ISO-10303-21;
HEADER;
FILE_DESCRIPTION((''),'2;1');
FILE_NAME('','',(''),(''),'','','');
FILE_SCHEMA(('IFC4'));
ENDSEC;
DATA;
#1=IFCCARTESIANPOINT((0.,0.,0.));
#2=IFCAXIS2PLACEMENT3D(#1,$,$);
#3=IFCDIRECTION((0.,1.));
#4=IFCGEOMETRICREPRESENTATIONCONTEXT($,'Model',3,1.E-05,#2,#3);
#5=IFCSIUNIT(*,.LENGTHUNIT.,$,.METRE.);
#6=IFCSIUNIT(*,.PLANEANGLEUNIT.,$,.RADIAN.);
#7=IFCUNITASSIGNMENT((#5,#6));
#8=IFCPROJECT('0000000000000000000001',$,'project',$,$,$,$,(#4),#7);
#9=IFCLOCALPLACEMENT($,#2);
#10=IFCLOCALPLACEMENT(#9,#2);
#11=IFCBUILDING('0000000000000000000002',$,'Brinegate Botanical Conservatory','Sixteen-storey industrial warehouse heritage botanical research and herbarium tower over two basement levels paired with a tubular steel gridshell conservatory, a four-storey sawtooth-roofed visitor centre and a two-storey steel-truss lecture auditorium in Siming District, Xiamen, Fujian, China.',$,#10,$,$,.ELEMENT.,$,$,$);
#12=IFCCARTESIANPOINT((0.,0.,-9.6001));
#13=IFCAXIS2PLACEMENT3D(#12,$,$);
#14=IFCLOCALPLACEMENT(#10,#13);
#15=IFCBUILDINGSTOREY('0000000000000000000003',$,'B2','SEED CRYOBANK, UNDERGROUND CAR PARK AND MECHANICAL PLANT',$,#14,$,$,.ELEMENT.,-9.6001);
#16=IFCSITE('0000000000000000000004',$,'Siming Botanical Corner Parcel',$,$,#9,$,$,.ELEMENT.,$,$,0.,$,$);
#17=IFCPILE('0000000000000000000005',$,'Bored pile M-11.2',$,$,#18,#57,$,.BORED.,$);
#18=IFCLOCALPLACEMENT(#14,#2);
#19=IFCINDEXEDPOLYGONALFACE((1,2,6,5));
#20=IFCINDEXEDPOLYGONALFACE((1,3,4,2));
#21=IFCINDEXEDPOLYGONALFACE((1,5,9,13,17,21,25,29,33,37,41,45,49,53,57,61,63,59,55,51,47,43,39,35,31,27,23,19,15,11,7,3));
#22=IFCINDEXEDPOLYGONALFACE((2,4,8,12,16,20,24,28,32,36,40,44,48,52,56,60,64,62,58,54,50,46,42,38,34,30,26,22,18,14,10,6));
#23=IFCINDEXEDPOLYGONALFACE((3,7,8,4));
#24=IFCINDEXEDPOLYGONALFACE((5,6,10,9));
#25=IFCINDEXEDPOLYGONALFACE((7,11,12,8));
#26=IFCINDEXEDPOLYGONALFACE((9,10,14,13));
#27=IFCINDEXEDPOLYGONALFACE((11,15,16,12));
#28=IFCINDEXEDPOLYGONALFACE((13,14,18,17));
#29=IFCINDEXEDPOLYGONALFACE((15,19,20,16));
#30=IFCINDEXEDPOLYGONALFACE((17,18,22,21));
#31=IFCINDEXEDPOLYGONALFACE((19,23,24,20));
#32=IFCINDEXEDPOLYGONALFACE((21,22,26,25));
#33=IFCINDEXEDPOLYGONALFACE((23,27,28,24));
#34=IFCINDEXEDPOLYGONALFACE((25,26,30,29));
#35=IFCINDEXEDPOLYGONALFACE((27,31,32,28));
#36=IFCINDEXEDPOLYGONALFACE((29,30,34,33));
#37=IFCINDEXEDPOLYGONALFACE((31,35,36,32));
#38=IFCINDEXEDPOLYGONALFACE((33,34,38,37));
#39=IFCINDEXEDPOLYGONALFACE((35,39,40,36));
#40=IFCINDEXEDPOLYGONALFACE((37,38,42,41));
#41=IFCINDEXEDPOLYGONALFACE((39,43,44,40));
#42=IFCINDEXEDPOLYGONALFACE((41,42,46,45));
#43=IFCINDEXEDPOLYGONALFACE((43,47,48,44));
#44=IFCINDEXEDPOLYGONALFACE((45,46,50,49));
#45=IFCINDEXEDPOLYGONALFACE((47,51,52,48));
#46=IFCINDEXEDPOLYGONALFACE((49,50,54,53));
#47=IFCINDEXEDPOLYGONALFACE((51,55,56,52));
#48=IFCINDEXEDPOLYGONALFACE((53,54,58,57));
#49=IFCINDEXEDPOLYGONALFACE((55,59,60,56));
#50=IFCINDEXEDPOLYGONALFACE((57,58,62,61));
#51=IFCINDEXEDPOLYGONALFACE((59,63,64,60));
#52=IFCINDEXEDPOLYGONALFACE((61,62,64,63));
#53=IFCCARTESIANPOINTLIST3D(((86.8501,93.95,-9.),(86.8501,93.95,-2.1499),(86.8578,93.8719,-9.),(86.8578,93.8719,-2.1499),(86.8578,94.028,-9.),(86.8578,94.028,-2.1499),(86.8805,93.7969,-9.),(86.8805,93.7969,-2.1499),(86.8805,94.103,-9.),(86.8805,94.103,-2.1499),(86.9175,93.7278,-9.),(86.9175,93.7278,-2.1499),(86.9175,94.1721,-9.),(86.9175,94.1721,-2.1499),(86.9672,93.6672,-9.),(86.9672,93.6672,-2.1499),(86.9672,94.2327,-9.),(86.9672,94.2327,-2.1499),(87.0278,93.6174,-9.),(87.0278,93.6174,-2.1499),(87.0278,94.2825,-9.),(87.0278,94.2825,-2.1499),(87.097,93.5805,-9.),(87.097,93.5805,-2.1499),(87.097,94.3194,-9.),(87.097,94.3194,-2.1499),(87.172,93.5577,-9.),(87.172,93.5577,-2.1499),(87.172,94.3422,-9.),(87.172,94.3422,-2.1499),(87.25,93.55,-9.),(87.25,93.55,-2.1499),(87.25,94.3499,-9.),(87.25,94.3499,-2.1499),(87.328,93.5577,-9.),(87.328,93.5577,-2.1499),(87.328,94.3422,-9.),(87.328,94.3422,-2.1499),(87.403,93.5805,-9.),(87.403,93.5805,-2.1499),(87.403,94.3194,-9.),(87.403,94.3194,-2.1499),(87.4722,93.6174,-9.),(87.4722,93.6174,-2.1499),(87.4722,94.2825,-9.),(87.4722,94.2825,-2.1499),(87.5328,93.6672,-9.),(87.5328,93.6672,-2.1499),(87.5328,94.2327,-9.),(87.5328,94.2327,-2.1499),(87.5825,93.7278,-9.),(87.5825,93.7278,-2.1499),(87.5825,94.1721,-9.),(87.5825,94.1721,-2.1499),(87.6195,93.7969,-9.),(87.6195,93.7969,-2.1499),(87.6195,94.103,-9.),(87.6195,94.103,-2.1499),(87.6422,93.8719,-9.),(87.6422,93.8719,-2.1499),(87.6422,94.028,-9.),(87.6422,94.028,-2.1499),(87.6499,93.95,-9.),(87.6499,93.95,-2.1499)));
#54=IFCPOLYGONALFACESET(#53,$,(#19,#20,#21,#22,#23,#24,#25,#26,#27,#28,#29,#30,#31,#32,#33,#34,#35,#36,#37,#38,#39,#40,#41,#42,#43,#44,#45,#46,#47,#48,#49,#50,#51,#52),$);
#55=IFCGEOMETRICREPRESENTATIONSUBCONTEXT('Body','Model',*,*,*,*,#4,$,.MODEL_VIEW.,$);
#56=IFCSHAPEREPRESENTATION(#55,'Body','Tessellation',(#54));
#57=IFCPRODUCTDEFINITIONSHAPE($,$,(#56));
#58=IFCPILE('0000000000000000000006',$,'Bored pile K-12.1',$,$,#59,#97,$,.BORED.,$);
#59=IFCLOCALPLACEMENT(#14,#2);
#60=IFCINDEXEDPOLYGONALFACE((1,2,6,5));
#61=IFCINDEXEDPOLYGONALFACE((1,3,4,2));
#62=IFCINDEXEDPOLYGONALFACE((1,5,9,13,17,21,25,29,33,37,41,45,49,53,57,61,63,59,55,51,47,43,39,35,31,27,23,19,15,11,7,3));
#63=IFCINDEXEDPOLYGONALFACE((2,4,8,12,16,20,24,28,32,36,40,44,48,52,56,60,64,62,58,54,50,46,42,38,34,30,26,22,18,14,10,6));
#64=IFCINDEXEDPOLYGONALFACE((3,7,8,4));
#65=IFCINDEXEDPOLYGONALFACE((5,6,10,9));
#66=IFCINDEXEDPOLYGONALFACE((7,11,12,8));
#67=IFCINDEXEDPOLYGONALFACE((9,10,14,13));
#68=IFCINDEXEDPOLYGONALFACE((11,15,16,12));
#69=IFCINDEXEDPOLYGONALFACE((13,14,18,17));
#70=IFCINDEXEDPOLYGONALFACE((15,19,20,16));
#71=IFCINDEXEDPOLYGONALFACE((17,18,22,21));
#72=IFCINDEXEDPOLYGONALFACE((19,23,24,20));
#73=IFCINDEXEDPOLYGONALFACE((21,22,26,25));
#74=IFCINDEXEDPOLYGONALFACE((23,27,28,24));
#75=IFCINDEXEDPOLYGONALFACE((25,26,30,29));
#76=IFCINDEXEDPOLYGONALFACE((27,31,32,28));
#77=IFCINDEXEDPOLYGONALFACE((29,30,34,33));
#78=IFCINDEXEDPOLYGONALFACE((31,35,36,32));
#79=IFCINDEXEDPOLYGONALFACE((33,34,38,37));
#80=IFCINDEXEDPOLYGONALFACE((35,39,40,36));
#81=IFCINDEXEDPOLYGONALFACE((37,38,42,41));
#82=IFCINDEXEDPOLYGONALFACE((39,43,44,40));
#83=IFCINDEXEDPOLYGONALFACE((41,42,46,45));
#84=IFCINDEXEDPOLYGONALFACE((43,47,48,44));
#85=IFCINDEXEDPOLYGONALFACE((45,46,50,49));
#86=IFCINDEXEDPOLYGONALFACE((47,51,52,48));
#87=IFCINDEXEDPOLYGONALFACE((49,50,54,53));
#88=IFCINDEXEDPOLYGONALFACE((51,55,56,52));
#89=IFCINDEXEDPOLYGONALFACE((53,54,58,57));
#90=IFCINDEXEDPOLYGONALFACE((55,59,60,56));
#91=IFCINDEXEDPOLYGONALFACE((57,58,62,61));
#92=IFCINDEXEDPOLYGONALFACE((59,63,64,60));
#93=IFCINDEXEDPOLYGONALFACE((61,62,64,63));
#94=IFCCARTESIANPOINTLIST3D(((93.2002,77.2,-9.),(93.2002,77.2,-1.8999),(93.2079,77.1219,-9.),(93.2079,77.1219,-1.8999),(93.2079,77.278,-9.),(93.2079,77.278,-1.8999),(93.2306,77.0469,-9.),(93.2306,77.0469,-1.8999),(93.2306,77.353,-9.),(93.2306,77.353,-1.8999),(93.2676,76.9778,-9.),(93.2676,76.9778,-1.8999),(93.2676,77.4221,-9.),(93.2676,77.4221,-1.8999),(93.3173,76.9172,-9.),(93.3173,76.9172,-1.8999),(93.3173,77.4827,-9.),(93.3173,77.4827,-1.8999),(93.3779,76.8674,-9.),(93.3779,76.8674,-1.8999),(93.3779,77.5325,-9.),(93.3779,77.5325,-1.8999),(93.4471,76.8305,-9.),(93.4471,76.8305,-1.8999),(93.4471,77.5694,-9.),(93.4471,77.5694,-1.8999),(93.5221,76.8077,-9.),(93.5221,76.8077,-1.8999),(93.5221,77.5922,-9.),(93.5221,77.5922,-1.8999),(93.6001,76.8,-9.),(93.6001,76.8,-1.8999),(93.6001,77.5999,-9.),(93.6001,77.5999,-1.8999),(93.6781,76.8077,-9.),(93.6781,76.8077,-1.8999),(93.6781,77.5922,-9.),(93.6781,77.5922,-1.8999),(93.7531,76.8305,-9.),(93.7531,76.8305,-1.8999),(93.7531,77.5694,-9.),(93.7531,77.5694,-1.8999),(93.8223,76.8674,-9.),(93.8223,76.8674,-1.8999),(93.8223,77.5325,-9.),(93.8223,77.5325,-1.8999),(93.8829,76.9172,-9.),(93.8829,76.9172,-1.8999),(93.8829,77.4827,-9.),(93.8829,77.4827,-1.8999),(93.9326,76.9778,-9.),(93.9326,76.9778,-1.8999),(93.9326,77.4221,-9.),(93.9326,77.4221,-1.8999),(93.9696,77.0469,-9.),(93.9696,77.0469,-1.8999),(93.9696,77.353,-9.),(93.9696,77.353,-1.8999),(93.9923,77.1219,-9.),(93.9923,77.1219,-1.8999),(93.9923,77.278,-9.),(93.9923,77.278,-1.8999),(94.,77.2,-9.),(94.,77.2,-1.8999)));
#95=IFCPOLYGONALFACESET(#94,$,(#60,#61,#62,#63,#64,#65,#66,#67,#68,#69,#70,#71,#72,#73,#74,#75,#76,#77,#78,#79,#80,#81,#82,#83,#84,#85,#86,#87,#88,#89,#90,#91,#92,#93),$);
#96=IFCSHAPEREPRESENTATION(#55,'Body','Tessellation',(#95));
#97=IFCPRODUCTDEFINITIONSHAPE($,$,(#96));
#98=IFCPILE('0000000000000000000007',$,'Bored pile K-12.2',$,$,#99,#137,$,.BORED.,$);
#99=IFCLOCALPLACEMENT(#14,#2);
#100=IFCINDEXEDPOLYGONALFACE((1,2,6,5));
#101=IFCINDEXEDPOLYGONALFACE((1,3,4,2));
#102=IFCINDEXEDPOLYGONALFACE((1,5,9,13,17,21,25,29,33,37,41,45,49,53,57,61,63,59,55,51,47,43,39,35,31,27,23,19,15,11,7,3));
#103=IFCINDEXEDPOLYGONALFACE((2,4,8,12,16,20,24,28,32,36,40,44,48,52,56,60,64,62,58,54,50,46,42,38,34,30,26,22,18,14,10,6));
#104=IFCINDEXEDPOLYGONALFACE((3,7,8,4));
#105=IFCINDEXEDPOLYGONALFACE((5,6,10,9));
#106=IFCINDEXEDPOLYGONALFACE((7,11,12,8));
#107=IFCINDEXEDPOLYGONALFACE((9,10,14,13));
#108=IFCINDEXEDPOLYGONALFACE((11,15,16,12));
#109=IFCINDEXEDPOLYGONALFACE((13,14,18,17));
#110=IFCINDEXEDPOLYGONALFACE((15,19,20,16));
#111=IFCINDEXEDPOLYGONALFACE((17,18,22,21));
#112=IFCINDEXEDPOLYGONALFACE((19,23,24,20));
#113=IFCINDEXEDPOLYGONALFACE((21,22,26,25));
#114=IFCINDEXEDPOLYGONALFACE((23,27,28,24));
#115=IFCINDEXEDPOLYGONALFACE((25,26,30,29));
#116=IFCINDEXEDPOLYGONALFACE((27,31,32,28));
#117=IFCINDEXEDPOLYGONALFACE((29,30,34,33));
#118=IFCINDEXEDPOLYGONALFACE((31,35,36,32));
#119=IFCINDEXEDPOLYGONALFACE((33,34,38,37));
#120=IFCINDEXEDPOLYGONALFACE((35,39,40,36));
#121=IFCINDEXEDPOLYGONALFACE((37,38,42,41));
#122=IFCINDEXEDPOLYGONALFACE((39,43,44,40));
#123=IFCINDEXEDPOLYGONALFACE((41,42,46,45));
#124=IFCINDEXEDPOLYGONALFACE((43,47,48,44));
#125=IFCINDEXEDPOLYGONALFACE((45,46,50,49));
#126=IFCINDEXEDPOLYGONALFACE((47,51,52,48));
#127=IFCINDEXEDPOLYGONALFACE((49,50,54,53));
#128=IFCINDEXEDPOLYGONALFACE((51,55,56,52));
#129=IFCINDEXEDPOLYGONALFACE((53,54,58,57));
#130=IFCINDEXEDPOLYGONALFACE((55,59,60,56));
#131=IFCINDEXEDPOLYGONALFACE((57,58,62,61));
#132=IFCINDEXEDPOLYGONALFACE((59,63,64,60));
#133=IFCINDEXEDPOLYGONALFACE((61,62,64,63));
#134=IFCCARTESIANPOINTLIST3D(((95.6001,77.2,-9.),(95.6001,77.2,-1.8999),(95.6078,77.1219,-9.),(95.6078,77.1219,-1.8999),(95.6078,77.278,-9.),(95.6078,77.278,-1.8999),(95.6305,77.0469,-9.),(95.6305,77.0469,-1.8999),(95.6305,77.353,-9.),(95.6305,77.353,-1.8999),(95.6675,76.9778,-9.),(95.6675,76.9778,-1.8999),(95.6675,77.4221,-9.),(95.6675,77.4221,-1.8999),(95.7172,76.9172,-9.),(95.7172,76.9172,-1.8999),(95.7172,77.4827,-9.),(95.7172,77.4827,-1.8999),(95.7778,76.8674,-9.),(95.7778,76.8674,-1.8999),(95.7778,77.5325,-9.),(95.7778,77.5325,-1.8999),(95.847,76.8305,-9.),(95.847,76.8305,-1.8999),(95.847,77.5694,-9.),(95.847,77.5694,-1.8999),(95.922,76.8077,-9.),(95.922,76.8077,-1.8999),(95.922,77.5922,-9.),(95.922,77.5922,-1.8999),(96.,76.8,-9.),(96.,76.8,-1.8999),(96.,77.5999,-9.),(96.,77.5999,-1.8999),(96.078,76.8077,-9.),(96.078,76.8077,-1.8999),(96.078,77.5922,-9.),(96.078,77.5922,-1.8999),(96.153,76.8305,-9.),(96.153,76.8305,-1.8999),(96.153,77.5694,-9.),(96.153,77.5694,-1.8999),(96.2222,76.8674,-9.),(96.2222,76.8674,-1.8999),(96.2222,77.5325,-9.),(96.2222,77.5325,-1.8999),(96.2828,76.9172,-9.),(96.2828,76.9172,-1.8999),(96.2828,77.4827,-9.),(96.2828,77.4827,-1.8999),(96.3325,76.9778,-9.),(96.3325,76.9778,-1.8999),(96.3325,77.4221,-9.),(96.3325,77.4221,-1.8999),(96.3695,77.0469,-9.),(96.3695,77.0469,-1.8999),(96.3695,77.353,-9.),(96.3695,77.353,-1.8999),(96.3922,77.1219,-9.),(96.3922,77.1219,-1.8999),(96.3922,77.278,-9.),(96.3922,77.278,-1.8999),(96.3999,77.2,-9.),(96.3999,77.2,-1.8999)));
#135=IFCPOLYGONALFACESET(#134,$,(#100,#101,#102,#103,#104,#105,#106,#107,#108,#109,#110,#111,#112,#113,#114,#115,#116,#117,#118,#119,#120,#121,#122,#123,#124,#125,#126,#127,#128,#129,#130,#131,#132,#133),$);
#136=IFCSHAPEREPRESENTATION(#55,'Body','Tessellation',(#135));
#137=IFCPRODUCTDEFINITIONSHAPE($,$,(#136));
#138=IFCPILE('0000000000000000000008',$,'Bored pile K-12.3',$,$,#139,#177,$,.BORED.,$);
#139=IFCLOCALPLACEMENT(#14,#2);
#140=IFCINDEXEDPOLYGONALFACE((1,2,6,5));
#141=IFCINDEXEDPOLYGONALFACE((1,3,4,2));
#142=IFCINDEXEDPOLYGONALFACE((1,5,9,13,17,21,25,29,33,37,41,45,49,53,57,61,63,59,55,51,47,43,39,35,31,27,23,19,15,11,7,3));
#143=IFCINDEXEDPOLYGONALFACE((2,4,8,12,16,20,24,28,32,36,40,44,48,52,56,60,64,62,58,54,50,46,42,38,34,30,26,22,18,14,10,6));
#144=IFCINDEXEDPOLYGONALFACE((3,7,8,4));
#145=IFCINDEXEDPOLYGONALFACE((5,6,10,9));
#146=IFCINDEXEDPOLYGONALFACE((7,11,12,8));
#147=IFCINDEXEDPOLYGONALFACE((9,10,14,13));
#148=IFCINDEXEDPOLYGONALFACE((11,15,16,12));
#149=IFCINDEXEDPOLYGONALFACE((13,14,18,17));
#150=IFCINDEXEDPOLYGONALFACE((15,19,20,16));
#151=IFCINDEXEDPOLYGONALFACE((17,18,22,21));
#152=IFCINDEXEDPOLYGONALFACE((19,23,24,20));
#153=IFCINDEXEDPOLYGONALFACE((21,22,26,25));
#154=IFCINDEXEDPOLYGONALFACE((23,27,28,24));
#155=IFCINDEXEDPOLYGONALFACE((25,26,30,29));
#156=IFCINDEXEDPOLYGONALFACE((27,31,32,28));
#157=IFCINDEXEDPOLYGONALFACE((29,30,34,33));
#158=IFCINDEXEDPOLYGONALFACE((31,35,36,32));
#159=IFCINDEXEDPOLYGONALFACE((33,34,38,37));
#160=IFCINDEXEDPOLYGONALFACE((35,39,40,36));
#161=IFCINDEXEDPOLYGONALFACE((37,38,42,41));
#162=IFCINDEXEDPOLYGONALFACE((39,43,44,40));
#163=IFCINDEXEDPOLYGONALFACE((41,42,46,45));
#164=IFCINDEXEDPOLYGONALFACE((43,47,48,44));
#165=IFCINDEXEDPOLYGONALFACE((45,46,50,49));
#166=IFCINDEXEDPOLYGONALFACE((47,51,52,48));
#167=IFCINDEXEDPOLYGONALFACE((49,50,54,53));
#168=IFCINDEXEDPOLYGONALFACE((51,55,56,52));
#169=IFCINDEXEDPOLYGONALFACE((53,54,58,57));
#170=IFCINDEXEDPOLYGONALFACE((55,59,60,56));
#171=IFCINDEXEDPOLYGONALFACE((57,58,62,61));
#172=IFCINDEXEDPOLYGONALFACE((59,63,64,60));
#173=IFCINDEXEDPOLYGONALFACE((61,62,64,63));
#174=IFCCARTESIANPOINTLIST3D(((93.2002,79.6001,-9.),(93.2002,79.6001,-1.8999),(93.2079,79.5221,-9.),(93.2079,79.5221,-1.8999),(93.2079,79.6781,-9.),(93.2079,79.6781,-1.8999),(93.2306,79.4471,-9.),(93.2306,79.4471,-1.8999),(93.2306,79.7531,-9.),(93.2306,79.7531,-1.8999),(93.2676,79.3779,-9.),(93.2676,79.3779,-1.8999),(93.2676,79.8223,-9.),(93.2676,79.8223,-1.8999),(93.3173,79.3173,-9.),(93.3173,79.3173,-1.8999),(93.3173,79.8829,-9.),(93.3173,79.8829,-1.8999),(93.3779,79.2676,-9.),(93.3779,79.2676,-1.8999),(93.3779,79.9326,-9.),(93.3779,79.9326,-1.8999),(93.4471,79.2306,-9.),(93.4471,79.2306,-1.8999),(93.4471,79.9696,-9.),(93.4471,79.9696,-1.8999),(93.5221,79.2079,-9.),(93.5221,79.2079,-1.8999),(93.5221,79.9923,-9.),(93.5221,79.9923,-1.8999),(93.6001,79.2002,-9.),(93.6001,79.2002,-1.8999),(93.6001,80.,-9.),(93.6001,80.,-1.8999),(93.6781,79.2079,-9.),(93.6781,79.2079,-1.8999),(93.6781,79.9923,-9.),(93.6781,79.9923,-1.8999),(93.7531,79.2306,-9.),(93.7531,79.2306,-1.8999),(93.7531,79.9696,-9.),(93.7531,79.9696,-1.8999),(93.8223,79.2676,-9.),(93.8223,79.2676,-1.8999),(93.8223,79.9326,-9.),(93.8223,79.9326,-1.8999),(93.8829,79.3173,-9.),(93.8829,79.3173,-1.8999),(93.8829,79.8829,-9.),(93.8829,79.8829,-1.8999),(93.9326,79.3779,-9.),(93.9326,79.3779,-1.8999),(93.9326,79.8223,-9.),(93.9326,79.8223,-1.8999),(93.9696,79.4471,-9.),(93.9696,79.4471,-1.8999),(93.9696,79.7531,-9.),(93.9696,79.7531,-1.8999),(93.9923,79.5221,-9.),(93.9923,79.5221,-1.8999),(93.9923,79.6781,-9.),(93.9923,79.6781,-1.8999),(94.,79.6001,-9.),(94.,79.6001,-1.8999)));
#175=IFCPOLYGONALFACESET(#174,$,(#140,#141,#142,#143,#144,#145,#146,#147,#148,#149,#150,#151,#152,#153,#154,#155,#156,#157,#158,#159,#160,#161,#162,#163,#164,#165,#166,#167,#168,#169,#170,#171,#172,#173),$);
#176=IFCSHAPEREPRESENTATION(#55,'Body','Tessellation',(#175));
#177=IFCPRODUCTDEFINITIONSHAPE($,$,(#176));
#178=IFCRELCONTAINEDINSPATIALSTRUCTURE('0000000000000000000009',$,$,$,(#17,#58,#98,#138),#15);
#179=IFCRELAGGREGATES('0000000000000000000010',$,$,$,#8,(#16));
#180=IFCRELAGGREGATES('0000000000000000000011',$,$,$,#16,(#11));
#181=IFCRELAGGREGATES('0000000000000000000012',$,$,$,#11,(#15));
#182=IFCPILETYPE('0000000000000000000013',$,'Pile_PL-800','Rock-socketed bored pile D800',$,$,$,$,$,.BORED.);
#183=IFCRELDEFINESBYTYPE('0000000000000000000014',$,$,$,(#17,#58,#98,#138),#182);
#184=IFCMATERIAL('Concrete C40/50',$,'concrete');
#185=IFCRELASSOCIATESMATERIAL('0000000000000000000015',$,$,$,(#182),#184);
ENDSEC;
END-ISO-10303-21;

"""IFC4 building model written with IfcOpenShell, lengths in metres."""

from ifc_helpers import new_model, si_unit, direction, frame, origin, origin_2d, place, context, subcontext, project, spatial, circle, extrude, material, material_profile, profile_set, type_object, element, save


model = new_model("IFC4")

# Units and contexts
model_context = context("Model", 3, precision=1e-05, world=origin(), true_north=direction((0.0, 1.0)))
body_context = subcontext(model_context, "Body", "Model", "MODEL_VIEW")
ifc_project = project(units=[si_unit("LENGTHUNIT", "METRE"), si_unit("PLANEANGLEUNIT", "RADIAN")], contexts=[model_context])

# Site, building, storey
site_placement = place(None, origin())
site = spatial("IfcSite", under=ifc_project, at=site_placement, Name="Siming Botanical Corner Parcel", CompositionType="ELEMENT", RefElevation=0.0)
building_placement = place(site_placement, origin())
building = spatial("IfcBuilding", under=site, at=building_placement, Name="Brinegate Botanical Conservatory", Description="Sixteen-storey industrial warehouse heritage botanical research and herbarium tower over two basement levels paired with a tubular steel gridshell conservatory, a four-storey sawtooth-roofed visitor centre and a two-storey steel-truss lecture auditorium in Siming District, Xiamen, Fujian, China.", CompositionType="ELEMENT")
storey_placement = place(building_placement, frame((0.0, 0.0, -9.6001)))
storey = spatial("IfcBuildingStorey", under=building, at=storey_placement, Name="B2", Description="SEED CRYOBANK, UNDERGROUND CAR PARK AND MECHANICAL PLANT", CompositionType="ELEMENT", Elevation=-9.6001)

# Shared definitions
ifc_material = material(Name="Concrete C40/50", Category="concrete")

# Piles
ifc_material_profile_1 = material_profile(ifc_material, circle(Radius=0.3999, at=origin_2d()), Name="PILE D800")
ifc_profile_set_1 = profile_set([ifc_material_profile_1], Name="Concrete C40/50")
pile_type = type_object("IfcPileType", Name="Pile_PL-800", Description="Rock-socketed bored pile D800", PredefinedType="BORED", material=ifc_profile_set_1)
for number, where, z_axis, x_axis, name in (
    (1, (87.25, 93.95, -2.1499), (0.0, 0.0, -1.0), (1.0, 0.0, 0.0), "Bored pile M-11.2"),
):
    element("IfcPile", number, at=place(storey_placement, frame(where, z_axis=z_axis, x_axis=x_axis)), inside=storey, type_object=pile_type, Name=name, PredefinedType="BORED", context=body_context, shape_type="SweptSolid", body=[
        extrude(circle(Radius=0.3999, at=origin_2d()), origin(), (0.0, 0.0, 1.0), 6.8501),
    ])
for number, where, z_axis, x_axis, name in (
    (2, (93.6001, 77.2, -1.8999), (0.0, 0.0, -1.0), (1.0, 0.0, 0.0), "Bored pile K-12.1"),
    (3, (96.0, 77.2, -1.8999), (0.0, 0.0, -1.0), (1.0, 0.0, 0.0), "Bored pile K-12.2"),
    (4, (93.6001, 79.6001, -1.8999), (0.0, 0.0, -1.0), (1.0, 0.0, 0.0), "Bored pile K-12.3"),
):
    element("IfcPile", number, at=place(storey_placement, frame(where, z_axis=z_axis, x_axis=x_axis)), inside=storey, type_object=pile_type, Name=name, PredefinedType="BORED", context=body_context, shape_type="SweptSolid", body=[
        extrude(circle(Radius=0.3999, at=origin_2d()), origin(), (0.0, 0.0, 1.0), 7.1001),
    ])

save(model, "model.ifc")
